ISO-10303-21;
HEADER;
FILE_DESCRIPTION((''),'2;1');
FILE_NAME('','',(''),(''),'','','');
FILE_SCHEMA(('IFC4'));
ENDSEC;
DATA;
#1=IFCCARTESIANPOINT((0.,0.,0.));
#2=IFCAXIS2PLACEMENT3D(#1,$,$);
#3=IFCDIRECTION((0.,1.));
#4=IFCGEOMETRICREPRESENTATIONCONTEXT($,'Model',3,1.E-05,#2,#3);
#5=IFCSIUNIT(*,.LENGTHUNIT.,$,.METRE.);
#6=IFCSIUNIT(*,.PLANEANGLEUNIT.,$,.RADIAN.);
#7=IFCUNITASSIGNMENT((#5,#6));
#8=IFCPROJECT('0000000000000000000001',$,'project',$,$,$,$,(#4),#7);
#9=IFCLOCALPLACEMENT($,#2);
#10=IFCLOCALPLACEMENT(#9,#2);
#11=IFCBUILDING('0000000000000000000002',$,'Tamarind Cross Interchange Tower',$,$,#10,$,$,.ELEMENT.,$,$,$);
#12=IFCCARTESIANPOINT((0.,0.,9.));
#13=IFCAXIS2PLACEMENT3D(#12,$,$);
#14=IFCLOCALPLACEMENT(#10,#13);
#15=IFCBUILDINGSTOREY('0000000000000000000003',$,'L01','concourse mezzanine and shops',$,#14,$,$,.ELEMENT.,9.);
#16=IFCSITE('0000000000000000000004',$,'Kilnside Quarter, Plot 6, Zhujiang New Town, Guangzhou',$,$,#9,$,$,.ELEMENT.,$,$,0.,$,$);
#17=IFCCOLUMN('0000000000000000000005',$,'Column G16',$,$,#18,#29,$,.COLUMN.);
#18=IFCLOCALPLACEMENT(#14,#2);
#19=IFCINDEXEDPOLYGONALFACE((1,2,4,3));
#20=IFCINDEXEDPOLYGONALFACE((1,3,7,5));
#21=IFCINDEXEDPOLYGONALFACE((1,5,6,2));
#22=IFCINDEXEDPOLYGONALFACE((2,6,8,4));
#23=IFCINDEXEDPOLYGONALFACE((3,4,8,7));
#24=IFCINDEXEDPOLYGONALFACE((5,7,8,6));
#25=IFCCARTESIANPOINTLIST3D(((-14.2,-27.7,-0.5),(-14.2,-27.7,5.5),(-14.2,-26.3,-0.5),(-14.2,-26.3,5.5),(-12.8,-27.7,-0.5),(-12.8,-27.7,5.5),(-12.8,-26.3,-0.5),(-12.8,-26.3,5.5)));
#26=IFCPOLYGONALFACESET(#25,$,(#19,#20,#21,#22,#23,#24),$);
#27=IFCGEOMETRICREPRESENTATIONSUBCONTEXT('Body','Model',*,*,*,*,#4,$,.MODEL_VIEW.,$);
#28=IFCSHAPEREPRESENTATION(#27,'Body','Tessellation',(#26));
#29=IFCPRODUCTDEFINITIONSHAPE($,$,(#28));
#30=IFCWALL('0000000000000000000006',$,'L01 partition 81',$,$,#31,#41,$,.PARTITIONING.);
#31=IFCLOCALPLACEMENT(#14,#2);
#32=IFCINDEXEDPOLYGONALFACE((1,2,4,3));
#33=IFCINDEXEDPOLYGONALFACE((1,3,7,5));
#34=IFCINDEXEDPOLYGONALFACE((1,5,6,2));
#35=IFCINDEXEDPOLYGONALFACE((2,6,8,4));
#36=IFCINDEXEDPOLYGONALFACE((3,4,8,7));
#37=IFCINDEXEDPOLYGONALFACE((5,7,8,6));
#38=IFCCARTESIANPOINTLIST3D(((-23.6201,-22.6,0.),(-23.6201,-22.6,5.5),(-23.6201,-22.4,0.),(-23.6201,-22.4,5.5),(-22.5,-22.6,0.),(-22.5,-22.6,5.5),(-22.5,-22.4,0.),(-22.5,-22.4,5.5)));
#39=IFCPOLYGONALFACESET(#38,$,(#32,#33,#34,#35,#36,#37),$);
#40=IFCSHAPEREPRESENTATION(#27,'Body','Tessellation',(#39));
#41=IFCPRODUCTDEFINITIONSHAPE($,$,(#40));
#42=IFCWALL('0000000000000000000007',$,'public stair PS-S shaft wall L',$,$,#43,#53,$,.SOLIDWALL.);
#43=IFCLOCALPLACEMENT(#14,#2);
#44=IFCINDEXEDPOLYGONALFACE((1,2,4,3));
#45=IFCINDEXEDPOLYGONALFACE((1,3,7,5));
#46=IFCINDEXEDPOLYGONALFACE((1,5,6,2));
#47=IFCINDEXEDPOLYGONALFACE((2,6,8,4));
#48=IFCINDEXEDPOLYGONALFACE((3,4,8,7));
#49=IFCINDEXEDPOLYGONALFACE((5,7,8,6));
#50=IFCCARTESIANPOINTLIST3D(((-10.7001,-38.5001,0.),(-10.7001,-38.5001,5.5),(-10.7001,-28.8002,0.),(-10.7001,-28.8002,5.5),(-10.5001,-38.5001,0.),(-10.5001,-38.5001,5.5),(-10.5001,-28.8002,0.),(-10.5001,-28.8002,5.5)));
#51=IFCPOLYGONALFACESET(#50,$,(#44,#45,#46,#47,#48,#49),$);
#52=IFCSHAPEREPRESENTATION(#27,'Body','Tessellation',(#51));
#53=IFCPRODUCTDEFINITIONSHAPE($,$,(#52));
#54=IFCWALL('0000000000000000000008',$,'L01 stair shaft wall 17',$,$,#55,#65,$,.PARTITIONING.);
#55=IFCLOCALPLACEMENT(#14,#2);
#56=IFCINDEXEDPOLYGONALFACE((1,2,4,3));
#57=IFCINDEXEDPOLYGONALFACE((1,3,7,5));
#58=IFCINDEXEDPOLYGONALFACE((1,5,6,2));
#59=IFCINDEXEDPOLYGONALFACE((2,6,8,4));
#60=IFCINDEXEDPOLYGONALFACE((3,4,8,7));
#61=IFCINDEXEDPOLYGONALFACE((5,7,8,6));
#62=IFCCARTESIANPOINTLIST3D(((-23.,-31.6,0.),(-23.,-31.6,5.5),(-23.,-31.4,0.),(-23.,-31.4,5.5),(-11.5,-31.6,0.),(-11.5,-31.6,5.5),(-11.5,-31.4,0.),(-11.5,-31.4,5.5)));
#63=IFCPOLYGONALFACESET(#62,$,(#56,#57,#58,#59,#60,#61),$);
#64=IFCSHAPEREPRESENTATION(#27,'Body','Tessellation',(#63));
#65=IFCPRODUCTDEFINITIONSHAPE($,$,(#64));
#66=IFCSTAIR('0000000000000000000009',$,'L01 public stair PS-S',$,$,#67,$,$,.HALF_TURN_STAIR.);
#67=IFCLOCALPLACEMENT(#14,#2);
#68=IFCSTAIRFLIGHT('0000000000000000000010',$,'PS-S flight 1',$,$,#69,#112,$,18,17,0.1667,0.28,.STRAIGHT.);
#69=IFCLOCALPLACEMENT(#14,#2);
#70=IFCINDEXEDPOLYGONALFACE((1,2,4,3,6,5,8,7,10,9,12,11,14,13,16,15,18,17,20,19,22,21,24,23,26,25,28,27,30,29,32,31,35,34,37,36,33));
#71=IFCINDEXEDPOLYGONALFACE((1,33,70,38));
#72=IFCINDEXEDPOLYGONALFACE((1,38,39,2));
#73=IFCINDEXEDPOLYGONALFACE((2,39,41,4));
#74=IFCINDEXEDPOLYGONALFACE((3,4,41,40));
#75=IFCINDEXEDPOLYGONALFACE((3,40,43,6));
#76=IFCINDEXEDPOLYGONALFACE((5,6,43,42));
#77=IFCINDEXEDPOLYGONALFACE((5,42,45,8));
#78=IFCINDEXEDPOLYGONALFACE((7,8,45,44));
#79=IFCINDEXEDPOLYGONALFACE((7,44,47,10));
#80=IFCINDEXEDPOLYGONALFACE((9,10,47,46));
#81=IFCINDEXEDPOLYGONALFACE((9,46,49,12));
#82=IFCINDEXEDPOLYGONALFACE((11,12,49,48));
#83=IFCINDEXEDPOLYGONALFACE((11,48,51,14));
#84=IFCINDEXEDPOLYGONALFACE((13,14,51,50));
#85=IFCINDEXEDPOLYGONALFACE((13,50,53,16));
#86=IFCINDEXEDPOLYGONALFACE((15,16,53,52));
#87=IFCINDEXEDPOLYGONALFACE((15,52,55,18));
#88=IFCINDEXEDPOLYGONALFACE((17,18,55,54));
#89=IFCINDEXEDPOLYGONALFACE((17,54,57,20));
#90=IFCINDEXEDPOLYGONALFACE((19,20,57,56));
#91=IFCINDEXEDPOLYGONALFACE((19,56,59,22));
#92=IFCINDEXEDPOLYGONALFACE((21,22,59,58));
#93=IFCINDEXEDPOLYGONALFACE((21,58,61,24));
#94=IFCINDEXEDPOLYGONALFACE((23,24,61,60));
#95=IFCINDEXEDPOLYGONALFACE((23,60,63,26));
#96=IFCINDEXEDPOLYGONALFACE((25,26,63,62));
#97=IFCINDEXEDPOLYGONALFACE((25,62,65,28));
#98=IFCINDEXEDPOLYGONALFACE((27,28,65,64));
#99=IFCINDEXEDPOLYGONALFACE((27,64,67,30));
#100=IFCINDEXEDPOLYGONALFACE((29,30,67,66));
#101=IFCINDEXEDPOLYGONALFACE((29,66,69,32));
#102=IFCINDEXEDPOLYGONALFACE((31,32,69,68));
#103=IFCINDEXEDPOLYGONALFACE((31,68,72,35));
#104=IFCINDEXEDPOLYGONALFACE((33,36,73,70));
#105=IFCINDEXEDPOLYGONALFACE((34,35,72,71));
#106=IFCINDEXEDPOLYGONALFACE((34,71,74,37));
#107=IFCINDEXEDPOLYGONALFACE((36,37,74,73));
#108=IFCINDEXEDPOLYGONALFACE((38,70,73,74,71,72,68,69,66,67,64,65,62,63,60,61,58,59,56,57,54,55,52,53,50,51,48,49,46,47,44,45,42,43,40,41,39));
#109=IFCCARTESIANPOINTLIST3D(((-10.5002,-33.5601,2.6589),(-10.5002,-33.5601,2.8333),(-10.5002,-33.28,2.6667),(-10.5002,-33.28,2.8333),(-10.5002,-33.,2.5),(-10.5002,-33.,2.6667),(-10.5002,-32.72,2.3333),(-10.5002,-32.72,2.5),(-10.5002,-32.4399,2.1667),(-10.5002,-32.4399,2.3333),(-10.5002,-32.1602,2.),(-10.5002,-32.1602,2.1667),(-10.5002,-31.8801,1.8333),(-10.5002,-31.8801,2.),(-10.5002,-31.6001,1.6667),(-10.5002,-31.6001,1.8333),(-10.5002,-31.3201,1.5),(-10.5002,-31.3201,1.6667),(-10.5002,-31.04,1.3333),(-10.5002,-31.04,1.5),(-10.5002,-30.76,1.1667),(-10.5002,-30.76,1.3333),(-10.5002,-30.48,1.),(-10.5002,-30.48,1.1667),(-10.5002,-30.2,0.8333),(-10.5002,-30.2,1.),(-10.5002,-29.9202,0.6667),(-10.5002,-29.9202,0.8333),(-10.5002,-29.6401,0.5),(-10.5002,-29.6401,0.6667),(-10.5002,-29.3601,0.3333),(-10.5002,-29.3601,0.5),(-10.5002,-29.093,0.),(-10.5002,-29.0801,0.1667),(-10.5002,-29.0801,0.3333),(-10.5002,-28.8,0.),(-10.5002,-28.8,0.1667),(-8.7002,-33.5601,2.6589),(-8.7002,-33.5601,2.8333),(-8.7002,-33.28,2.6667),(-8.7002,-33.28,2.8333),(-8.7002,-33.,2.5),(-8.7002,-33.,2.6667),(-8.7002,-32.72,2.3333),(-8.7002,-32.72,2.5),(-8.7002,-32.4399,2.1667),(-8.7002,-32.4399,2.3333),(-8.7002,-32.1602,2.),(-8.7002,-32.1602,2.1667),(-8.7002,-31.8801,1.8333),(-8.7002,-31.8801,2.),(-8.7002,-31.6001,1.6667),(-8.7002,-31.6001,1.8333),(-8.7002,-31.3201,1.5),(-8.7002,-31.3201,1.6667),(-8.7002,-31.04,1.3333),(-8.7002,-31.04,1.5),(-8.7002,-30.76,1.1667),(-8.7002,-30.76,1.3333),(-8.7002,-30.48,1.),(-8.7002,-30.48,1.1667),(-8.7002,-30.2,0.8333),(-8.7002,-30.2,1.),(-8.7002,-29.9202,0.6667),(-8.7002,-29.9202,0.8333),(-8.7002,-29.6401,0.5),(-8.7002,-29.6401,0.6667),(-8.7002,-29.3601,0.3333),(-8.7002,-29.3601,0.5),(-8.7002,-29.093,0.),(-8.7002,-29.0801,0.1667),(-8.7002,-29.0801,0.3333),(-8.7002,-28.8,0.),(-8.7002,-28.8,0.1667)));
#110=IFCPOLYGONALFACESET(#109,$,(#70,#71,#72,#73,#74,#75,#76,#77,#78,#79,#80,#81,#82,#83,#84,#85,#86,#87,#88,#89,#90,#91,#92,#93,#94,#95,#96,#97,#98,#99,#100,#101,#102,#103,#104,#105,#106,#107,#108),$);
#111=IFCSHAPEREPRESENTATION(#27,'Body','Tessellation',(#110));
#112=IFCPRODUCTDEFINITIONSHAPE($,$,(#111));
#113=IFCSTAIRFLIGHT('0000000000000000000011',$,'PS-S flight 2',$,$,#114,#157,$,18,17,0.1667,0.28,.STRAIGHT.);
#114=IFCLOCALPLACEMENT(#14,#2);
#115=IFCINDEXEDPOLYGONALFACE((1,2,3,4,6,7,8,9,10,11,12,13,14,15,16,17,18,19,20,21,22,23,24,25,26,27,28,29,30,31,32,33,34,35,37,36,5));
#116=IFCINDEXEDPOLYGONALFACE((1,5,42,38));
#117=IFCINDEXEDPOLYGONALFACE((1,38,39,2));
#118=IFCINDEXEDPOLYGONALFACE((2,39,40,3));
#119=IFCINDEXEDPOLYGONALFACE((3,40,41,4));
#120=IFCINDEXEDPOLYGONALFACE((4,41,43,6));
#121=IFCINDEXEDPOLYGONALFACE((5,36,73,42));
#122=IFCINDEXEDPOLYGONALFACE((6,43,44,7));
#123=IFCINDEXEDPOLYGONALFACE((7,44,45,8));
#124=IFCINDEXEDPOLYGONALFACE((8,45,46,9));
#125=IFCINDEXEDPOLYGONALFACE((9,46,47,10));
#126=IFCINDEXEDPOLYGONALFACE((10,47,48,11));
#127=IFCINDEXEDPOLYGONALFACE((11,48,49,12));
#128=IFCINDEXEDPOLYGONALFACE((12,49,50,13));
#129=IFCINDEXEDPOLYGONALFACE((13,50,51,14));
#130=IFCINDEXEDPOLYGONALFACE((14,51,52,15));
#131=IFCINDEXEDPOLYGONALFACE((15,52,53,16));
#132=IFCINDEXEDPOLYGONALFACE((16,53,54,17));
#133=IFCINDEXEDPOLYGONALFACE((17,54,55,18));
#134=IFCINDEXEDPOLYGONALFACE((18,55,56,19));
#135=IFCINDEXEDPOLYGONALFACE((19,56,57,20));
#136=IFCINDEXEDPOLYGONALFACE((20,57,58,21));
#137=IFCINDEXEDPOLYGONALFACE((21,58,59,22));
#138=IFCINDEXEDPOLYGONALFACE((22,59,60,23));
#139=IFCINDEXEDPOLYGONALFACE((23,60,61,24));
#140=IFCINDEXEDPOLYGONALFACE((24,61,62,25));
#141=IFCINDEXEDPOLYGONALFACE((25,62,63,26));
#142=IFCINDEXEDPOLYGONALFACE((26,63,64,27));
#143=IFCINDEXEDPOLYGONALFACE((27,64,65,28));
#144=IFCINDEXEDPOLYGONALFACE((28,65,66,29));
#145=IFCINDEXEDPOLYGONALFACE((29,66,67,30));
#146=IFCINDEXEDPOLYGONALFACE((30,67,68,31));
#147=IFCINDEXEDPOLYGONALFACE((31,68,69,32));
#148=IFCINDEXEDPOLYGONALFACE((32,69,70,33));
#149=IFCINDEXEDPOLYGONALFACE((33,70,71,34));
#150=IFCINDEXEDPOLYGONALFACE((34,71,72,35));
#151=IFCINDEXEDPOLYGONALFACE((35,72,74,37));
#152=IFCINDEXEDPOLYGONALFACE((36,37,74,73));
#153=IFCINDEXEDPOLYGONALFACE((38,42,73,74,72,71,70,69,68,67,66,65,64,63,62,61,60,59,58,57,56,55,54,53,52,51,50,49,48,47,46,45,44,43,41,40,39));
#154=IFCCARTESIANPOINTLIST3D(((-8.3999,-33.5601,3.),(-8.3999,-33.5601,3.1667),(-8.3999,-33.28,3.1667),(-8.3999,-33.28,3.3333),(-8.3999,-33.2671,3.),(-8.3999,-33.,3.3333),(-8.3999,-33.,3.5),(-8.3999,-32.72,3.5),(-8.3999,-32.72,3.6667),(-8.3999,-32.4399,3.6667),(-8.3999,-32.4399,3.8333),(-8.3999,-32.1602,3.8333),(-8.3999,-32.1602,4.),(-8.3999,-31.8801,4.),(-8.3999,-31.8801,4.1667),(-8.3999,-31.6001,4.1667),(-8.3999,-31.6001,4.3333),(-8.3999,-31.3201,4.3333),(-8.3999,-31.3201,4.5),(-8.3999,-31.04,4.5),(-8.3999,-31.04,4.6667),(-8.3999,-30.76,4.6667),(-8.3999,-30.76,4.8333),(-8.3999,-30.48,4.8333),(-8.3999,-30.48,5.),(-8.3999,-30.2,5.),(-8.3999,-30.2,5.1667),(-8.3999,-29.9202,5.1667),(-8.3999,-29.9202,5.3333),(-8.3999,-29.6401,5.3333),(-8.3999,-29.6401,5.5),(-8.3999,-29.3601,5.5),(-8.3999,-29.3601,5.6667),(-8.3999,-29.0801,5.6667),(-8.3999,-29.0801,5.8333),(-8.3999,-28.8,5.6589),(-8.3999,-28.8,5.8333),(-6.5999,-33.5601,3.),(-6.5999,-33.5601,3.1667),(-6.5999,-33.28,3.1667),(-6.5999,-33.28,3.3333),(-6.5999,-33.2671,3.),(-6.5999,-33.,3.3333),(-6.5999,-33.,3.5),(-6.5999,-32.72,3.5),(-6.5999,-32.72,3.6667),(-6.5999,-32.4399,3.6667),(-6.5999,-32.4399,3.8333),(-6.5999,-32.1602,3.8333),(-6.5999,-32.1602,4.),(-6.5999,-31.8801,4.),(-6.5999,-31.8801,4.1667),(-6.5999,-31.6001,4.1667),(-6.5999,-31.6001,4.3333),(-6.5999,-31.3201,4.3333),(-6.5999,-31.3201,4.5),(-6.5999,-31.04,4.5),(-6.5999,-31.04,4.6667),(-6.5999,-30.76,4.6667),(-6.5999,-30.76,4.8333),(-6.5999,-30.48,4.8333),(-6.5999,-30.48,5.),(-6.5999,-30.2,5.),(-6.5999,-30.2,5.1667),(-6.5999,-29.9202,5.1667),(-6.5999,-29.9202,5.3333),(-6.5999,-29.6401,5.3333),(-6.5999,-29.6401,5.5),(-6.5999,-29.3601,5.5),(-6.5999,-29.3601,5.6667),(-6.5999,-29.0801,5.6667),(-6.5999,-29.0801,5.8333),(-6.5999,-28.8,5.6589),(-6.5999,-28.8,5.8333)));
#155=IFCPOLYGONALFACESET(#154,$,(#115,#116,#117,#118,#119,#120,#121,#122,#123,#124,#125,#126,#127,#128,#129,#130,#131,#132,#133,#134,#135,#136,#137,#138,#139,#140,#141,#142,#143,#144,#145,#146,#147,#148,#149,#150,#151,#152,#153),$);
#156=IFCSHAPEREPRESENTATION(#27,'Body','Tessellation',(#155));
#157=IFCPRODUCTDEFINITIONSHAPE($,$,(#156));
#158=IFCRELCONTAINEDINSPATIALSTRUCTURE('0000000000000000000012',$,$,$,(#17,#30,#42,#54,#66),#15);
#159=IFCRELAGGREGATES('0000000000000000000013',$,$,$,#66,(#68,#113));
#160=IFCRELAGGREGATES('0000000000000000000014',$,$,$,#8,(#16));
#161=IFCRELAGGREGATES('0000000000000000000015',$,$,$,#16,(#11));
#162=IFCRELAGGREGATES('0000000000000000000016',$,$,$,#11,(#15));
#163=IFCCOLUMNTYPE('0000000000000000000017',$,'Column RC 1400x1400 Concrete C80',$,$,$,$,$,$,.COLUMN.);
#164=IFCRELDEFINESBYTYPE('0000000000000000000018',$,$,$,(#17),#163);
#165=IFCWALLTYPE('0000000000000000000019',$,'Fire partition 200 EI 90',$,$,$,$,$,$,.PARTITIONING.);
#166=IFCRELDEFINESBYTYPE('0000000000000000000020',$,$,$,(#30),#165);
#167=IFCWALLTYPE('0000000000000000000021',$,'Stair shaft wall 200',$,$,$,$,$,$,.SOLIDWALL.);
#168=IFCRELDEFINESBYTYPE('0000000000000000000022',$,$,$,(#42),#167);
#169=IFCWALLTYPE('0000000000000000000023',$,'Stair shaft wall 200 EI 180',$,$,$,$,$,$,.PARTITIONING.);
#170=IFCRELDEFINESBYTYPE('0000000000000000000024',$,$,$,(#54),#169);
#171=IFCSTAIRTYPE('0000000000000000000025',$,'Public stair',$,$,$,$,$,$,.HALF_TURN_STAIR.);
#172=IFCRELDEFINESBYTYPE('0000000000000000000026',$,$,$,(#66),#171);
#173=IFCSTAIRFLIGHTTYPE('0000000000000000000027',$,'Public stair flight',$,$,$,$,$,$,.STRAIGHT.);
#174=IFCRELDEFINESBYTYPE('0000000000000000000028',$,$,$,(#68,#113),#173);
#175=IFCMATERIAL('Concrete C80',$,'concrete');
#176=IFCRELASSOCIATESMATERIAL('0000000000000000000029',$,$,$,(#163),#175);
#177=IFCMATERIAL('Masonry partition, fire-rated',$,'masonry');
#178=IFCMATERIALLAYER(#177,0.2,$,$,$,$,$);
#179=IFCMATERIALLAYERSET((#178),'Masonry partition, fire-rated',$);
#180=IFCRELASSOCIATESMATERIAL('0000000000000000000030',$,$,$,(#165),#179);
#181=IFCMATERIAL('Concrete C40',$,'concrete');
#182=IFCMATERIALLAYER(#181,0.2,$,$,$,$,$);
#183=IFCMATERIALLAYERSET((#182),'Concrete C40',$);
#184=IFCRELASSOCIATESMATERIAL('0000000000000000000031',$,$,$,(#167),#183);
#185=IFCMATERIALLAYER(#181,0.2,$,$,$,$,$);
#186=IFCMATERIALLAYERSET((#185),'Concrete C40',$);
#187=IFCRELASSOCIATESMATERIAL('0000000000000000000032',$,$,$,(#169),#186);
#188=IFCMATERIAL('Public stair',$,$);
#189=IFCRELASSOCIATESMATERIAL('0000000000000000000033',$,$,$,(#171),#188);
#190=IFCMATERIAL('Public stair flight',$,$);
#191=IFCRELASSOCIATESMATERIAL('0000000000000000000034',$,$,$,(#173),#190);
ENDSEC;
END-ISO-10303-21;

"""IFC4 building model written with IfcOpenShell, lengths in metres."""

from ifc_helpers import new_model, si_unit, direction, frame, frame_2d, origin, origin_2d, place, context, subcontext, project, spatial, polyline, rectangle, outline, extrude, material, layer, layer_set, material_profile, profile_set, type_object, element, aggregate, save


model = new_model("IFC4")

# Units and contexts
model_context = context("Model", 3, precision=1e-05, world=origin(), true_north=direction((0.0, 1.0)))
body_context = subcontext(model_context, "Body", "Model", "MODEL_VIEW")
ifc_project = project(units=[si_unit("LENGTHUNIT", "METRE"), si_unit("PLANEANGLEUNIT", "RADIAN")], contexts=[model_context])

# Site, building, storey
site_placement = place(None, origin())
site = spatial("IfcSite", under=ifc_project, at=site_placement, Name="Kilnside Quarter, Plot 6, Zhujiang New Town, Guangzhou", CompositionType="ELEMENT", RefElevation=0.0)
building_placement = place(site_placement, origin())
building = spatial("IfcBuilding", under=site, at=building_placement, Name="Tamarind Cross Interchange Tower", CompositionType="ELEMENT")
storey_placement = place(building_placement, frame((0.0, 0.0, 9.0)))
storey = spatial("IfcBuildingStorey", under=building, at=storey_placement, Name="L01", Description="concourse mezzanine and shops", CompositionType="ELEMENT", Elevation=9.0)

# Column
ifc_material_1 = material(Name="Concrete C80", Category="concrete")
ifc_material_profile = material_profile(ifc_material_1, rectangle(XDim=1.3999, YDim=1.3999, at=origin_2d()), Name="RC 1400x1400")
ifc_profile_set = profile_set([ifc_material_profile], Name="Concrete C80")
column_type = type_object("IfcColumnType", Name="Column RC 1400x1400 Concrete C80", PredefinedType="COLUMN", material=ifc_profile_set)
column_placement = place(storey_placement, frame((-13.5, -27.0, -0.5), z_axis=(0.0, 0.0, 1.0), x_axis=(1.0, 0.0, 0.0)))
element("IfcColumn", 1, at=column_placement, inside=storey, type_object=column_type, Name="Column G16", PredefinedType="COLUMN", context=body_context, shape_type="SweptSolid", body=[
    extrude(rectangle(XDim=1.3999, YDim=1.3999, at=origin_2d()), origin(), (0.0, 0.0, 1.0), 6.0),
])

# Walls
ifc_material_2 = material(Name="Masonry partition, fire-rated", Category="masonry")
ifc_layer_1 = layer(ifc_material_2, 0.2)
ifc_layer_set_1 = layer_set([ifc_layer_1], Name="Masonry partition, fire-rated")
wall_type_1 = type_object("IfcWallType", Name="Fire partition 200 EI 90", PredefinedType="PARTITIONING", material=ifc_layer_set_1)
wall_1_placement = place(storey_placement, frame((-23.6201, -22.5, 0.0), z_axis=(0.0, 0.0, 1.0), x_axis=(1.0, 0.0, 0.0)))
element("IfcWall", 2, at=wall_1_placement, inside=storey, type_object=wall_type_1, Name="L01 partition 81", PredefinedType="PARTITIONING", context=body_context, shape_type="SweptSolid", body=[
    extrude(rectangle(XDim=1.1201, YDim=0.2, at=frame_2d((0.5601, 0.0))), origin(), (0.0, 0.0, 1.0), 5.5),
])
ifc_material_3 = material(Name="Concrete C40", Category="concrete")
ifc_layer_2 = layer(ifc_material_3, 0.2)
ifc_layer_set_2 = layer_set([ifc_layer_2], Name="Concrete C40")
wall_type_2 = type_object("IfcWallType", Name="Stair shaft wall 200", PredefinedType="SOLIDWALL", material=ifc_layer_set_2)
wall_2_placement = place(storey_placement, frame((-10.6001, -28.8, 0.0), z_axis=(0.0, 0.0, 1.0), x_axis=(0.0, -1.0, 0.0)))
element("IfcWall", 3, at=wall_2_placement, inside=storey, type_object=wall_type_2, Name="public stair PS-S shaft wall L", PredefinedType="SOLIDWALL", context=body_context, shape_type="SweptSolid", body=[
    extrude(rectangle(XDim=9.7, YDim=0.2, at=frame_2d((4.8501, 0.0))), origin(), (0.0, 0.0, 1.0), 5.5),
])
ifc_layer_3 = layer(ifc_material_3, 0.2)
ifc_layer_set_3 = layer_set([ifc_layer_3], Name="Concrete C40")
wall_type_3 = type_object("IfcWallType", Name="Stair shaft wall 200 EI 180", PredefinedType="PARTITIONING", material=ifc_layer_set_3)
wall_3_placement = place(storey_placement, frame((-23.0, -31.5, 0.0), z_axis=(0.0, 0.0, 1.0), x_axis=(1.0, 0.0, 0.0)))
element("IfcWall", 4, at=wall_3_placement, inside=storey, type_object=wall_type_3, Name="L01 stair shaft wall 17", PredefinedType="PARTITIONING", context=body_context, shape_type="SweptSolid", body=[
    extrude(rectangle(XDim=11.5, YDim=0.2, at=frame_2d((5.75, 0.0))), origin(), (0.0, 0.0, 1.0), 5.5),
])

# Stair, stair flights
ifc_material_4 = material(Name="Public stair")
stair_type = type_object("IfcStairType", Name="Public stair", PredefinedType="HALF_TURN_STAIR", material=ifc_material_4)
stair_1_placement = place(storey_placement, origin())
stair_1 = element("IfcStair", 5, at=stair_1_placement, inside=storey, type_object=stair_type, Name="L01 public stair PS-S", PredefinedType="HALF_TURN_STAIR")
ifc_material_5 = material(Name="Public stair flight")
stair_flight_type = type_object("IfcStairFlightType", Name="Public stair flight", PredefinedType="STRAIGHT", material=ifc_material_5)
stair_flight_1_placement = place(storey_placement, frame((-9.6001, -28.8, 0.0), z_axis=(0.0, 0.0, 1.0), x_axis=(0.0, -1.0, 0.0)))
stair_flight_1 = element("IfcStairFlight", 6, at=stair_flight_1_placement, type_object=stair_flight_type, Name="PS-S flight 1", NumberOfRisers=18, NumberOfTreads=17, PredefinedType="STRAIGHT", RiserHeight=0.1667, TreadLength=0.28, context=body_context, shape_type="SweptSolid", body=[
    extrude(outline(polyline([(0.0, 0.0), (0.0, 0.1667), (0.28, 0.1667), (0.28, 0.3333), (0.5601, 0.3333), (0.5601, 0.5), (0.8401, 0.5), (0.8401, 0.6667), (1.1201, 0.6667), (1.1201, 0.8333), (1.3999, 0.8333), (1.3999, 1.0), (1.6799, 1.0), (1.6799, 1.1667), (1.96, 1.1667), (1.96, 1.3333), (2.24, 1.3333), (2.24, 1.5), (2.52, 1.5), (2.52, 1.6667), (2.8, 1.6667), (2.8, 1.8333), (3.0801, 1.8333), (3.0801, 2.0), (3.3601, 2.0), (3.3601, 2.1667), (3.6399, 2.1667), (3.6399, 2.3333), (3.9199, 2.3333), (3.9199, 2.5), (4.2, 2.5), (4.2, 2.6667), (4.48, 2.6667), (4.48, 2.8333), (4.76, 2.8333), (4.76, 3.0), (4.76, 2.6589), (0.293, 0.0), (0.0, 0.0)])), frame((0.0, 0.8999, 0.0), z_axis=(0.0, -1.0, 0.0), x_axis=(1.0, 0.0, 0.0)), (0.0, 0.0, 1.0), 1.8),
])
stair_flight_2_placement = place(storey_placement, frame((-7.5, -33.5601, 3.0), z_axis=(0.0, 0.0, 1.0), x_axis=(0.0, 1.0, 0.0)))
stair_flight_2 = element("IfcStairFlight", 7, at=stair_flight_2_placement, type_object=stair_flight_type, Name="PS-S flight 2", NumberOfRisers=18, NumberOfTreads=17, PredefinedType="STRAIGHT", RiserHeight=0.1667, TreadLength=0.28, context=body_context, shape_type="SweptSolid", body=[
    extrude(outline(polyline([(0.0, 0.0), (0.0, 0.1667), (0.28, 0.1667), (0.28, 0.3333), (0.5601, 0.3333), (0.5601, 0.5), (0.8401, 0.5), (0.8401, 0.6667), (1.1201, 0.6667), (1.1201, 0.8333), (1.3999, 0.8333), (1.3999, 1.0), (1.6799, 1.0), (1.6799, 1.1667), (1.96, 1.1667), (1.96, 1.3333), (2.24, 1.3333), (2.24, 1.5), (2.52, 1.5), (2.52, 1.6667), (2.8, 1.6667), (2.8, 1.8333), (3.0801, 1.8333), (3.0801, 2.0), (3.3601, 2.0), (3.3601, 2.1667), (3.6399, 2.1667), (3.6399, 2.3333), (3.9199, 2.3333), (3.9199, 2.5), (4.2, 2.5), (4.2, 2.6667), (4.48, 2.6667), (4.48, 2.8333), (4.76, 2.8333), (4.76, 3.0), (4.76, 2.6589), (0.293, 0.0), (0.0, 0.0)])), frame((0.0, 0.8999, 0.0), z_axis=(0.0, -1.0, 0.0), x_axis=(1.0, 0.0, 0.0)), (0.0, 0.0, 1.0), 1.8),
])
aggregate(stair_1, [stair_flight_1, stair_flight_2])

save(model, "model.ifc")
